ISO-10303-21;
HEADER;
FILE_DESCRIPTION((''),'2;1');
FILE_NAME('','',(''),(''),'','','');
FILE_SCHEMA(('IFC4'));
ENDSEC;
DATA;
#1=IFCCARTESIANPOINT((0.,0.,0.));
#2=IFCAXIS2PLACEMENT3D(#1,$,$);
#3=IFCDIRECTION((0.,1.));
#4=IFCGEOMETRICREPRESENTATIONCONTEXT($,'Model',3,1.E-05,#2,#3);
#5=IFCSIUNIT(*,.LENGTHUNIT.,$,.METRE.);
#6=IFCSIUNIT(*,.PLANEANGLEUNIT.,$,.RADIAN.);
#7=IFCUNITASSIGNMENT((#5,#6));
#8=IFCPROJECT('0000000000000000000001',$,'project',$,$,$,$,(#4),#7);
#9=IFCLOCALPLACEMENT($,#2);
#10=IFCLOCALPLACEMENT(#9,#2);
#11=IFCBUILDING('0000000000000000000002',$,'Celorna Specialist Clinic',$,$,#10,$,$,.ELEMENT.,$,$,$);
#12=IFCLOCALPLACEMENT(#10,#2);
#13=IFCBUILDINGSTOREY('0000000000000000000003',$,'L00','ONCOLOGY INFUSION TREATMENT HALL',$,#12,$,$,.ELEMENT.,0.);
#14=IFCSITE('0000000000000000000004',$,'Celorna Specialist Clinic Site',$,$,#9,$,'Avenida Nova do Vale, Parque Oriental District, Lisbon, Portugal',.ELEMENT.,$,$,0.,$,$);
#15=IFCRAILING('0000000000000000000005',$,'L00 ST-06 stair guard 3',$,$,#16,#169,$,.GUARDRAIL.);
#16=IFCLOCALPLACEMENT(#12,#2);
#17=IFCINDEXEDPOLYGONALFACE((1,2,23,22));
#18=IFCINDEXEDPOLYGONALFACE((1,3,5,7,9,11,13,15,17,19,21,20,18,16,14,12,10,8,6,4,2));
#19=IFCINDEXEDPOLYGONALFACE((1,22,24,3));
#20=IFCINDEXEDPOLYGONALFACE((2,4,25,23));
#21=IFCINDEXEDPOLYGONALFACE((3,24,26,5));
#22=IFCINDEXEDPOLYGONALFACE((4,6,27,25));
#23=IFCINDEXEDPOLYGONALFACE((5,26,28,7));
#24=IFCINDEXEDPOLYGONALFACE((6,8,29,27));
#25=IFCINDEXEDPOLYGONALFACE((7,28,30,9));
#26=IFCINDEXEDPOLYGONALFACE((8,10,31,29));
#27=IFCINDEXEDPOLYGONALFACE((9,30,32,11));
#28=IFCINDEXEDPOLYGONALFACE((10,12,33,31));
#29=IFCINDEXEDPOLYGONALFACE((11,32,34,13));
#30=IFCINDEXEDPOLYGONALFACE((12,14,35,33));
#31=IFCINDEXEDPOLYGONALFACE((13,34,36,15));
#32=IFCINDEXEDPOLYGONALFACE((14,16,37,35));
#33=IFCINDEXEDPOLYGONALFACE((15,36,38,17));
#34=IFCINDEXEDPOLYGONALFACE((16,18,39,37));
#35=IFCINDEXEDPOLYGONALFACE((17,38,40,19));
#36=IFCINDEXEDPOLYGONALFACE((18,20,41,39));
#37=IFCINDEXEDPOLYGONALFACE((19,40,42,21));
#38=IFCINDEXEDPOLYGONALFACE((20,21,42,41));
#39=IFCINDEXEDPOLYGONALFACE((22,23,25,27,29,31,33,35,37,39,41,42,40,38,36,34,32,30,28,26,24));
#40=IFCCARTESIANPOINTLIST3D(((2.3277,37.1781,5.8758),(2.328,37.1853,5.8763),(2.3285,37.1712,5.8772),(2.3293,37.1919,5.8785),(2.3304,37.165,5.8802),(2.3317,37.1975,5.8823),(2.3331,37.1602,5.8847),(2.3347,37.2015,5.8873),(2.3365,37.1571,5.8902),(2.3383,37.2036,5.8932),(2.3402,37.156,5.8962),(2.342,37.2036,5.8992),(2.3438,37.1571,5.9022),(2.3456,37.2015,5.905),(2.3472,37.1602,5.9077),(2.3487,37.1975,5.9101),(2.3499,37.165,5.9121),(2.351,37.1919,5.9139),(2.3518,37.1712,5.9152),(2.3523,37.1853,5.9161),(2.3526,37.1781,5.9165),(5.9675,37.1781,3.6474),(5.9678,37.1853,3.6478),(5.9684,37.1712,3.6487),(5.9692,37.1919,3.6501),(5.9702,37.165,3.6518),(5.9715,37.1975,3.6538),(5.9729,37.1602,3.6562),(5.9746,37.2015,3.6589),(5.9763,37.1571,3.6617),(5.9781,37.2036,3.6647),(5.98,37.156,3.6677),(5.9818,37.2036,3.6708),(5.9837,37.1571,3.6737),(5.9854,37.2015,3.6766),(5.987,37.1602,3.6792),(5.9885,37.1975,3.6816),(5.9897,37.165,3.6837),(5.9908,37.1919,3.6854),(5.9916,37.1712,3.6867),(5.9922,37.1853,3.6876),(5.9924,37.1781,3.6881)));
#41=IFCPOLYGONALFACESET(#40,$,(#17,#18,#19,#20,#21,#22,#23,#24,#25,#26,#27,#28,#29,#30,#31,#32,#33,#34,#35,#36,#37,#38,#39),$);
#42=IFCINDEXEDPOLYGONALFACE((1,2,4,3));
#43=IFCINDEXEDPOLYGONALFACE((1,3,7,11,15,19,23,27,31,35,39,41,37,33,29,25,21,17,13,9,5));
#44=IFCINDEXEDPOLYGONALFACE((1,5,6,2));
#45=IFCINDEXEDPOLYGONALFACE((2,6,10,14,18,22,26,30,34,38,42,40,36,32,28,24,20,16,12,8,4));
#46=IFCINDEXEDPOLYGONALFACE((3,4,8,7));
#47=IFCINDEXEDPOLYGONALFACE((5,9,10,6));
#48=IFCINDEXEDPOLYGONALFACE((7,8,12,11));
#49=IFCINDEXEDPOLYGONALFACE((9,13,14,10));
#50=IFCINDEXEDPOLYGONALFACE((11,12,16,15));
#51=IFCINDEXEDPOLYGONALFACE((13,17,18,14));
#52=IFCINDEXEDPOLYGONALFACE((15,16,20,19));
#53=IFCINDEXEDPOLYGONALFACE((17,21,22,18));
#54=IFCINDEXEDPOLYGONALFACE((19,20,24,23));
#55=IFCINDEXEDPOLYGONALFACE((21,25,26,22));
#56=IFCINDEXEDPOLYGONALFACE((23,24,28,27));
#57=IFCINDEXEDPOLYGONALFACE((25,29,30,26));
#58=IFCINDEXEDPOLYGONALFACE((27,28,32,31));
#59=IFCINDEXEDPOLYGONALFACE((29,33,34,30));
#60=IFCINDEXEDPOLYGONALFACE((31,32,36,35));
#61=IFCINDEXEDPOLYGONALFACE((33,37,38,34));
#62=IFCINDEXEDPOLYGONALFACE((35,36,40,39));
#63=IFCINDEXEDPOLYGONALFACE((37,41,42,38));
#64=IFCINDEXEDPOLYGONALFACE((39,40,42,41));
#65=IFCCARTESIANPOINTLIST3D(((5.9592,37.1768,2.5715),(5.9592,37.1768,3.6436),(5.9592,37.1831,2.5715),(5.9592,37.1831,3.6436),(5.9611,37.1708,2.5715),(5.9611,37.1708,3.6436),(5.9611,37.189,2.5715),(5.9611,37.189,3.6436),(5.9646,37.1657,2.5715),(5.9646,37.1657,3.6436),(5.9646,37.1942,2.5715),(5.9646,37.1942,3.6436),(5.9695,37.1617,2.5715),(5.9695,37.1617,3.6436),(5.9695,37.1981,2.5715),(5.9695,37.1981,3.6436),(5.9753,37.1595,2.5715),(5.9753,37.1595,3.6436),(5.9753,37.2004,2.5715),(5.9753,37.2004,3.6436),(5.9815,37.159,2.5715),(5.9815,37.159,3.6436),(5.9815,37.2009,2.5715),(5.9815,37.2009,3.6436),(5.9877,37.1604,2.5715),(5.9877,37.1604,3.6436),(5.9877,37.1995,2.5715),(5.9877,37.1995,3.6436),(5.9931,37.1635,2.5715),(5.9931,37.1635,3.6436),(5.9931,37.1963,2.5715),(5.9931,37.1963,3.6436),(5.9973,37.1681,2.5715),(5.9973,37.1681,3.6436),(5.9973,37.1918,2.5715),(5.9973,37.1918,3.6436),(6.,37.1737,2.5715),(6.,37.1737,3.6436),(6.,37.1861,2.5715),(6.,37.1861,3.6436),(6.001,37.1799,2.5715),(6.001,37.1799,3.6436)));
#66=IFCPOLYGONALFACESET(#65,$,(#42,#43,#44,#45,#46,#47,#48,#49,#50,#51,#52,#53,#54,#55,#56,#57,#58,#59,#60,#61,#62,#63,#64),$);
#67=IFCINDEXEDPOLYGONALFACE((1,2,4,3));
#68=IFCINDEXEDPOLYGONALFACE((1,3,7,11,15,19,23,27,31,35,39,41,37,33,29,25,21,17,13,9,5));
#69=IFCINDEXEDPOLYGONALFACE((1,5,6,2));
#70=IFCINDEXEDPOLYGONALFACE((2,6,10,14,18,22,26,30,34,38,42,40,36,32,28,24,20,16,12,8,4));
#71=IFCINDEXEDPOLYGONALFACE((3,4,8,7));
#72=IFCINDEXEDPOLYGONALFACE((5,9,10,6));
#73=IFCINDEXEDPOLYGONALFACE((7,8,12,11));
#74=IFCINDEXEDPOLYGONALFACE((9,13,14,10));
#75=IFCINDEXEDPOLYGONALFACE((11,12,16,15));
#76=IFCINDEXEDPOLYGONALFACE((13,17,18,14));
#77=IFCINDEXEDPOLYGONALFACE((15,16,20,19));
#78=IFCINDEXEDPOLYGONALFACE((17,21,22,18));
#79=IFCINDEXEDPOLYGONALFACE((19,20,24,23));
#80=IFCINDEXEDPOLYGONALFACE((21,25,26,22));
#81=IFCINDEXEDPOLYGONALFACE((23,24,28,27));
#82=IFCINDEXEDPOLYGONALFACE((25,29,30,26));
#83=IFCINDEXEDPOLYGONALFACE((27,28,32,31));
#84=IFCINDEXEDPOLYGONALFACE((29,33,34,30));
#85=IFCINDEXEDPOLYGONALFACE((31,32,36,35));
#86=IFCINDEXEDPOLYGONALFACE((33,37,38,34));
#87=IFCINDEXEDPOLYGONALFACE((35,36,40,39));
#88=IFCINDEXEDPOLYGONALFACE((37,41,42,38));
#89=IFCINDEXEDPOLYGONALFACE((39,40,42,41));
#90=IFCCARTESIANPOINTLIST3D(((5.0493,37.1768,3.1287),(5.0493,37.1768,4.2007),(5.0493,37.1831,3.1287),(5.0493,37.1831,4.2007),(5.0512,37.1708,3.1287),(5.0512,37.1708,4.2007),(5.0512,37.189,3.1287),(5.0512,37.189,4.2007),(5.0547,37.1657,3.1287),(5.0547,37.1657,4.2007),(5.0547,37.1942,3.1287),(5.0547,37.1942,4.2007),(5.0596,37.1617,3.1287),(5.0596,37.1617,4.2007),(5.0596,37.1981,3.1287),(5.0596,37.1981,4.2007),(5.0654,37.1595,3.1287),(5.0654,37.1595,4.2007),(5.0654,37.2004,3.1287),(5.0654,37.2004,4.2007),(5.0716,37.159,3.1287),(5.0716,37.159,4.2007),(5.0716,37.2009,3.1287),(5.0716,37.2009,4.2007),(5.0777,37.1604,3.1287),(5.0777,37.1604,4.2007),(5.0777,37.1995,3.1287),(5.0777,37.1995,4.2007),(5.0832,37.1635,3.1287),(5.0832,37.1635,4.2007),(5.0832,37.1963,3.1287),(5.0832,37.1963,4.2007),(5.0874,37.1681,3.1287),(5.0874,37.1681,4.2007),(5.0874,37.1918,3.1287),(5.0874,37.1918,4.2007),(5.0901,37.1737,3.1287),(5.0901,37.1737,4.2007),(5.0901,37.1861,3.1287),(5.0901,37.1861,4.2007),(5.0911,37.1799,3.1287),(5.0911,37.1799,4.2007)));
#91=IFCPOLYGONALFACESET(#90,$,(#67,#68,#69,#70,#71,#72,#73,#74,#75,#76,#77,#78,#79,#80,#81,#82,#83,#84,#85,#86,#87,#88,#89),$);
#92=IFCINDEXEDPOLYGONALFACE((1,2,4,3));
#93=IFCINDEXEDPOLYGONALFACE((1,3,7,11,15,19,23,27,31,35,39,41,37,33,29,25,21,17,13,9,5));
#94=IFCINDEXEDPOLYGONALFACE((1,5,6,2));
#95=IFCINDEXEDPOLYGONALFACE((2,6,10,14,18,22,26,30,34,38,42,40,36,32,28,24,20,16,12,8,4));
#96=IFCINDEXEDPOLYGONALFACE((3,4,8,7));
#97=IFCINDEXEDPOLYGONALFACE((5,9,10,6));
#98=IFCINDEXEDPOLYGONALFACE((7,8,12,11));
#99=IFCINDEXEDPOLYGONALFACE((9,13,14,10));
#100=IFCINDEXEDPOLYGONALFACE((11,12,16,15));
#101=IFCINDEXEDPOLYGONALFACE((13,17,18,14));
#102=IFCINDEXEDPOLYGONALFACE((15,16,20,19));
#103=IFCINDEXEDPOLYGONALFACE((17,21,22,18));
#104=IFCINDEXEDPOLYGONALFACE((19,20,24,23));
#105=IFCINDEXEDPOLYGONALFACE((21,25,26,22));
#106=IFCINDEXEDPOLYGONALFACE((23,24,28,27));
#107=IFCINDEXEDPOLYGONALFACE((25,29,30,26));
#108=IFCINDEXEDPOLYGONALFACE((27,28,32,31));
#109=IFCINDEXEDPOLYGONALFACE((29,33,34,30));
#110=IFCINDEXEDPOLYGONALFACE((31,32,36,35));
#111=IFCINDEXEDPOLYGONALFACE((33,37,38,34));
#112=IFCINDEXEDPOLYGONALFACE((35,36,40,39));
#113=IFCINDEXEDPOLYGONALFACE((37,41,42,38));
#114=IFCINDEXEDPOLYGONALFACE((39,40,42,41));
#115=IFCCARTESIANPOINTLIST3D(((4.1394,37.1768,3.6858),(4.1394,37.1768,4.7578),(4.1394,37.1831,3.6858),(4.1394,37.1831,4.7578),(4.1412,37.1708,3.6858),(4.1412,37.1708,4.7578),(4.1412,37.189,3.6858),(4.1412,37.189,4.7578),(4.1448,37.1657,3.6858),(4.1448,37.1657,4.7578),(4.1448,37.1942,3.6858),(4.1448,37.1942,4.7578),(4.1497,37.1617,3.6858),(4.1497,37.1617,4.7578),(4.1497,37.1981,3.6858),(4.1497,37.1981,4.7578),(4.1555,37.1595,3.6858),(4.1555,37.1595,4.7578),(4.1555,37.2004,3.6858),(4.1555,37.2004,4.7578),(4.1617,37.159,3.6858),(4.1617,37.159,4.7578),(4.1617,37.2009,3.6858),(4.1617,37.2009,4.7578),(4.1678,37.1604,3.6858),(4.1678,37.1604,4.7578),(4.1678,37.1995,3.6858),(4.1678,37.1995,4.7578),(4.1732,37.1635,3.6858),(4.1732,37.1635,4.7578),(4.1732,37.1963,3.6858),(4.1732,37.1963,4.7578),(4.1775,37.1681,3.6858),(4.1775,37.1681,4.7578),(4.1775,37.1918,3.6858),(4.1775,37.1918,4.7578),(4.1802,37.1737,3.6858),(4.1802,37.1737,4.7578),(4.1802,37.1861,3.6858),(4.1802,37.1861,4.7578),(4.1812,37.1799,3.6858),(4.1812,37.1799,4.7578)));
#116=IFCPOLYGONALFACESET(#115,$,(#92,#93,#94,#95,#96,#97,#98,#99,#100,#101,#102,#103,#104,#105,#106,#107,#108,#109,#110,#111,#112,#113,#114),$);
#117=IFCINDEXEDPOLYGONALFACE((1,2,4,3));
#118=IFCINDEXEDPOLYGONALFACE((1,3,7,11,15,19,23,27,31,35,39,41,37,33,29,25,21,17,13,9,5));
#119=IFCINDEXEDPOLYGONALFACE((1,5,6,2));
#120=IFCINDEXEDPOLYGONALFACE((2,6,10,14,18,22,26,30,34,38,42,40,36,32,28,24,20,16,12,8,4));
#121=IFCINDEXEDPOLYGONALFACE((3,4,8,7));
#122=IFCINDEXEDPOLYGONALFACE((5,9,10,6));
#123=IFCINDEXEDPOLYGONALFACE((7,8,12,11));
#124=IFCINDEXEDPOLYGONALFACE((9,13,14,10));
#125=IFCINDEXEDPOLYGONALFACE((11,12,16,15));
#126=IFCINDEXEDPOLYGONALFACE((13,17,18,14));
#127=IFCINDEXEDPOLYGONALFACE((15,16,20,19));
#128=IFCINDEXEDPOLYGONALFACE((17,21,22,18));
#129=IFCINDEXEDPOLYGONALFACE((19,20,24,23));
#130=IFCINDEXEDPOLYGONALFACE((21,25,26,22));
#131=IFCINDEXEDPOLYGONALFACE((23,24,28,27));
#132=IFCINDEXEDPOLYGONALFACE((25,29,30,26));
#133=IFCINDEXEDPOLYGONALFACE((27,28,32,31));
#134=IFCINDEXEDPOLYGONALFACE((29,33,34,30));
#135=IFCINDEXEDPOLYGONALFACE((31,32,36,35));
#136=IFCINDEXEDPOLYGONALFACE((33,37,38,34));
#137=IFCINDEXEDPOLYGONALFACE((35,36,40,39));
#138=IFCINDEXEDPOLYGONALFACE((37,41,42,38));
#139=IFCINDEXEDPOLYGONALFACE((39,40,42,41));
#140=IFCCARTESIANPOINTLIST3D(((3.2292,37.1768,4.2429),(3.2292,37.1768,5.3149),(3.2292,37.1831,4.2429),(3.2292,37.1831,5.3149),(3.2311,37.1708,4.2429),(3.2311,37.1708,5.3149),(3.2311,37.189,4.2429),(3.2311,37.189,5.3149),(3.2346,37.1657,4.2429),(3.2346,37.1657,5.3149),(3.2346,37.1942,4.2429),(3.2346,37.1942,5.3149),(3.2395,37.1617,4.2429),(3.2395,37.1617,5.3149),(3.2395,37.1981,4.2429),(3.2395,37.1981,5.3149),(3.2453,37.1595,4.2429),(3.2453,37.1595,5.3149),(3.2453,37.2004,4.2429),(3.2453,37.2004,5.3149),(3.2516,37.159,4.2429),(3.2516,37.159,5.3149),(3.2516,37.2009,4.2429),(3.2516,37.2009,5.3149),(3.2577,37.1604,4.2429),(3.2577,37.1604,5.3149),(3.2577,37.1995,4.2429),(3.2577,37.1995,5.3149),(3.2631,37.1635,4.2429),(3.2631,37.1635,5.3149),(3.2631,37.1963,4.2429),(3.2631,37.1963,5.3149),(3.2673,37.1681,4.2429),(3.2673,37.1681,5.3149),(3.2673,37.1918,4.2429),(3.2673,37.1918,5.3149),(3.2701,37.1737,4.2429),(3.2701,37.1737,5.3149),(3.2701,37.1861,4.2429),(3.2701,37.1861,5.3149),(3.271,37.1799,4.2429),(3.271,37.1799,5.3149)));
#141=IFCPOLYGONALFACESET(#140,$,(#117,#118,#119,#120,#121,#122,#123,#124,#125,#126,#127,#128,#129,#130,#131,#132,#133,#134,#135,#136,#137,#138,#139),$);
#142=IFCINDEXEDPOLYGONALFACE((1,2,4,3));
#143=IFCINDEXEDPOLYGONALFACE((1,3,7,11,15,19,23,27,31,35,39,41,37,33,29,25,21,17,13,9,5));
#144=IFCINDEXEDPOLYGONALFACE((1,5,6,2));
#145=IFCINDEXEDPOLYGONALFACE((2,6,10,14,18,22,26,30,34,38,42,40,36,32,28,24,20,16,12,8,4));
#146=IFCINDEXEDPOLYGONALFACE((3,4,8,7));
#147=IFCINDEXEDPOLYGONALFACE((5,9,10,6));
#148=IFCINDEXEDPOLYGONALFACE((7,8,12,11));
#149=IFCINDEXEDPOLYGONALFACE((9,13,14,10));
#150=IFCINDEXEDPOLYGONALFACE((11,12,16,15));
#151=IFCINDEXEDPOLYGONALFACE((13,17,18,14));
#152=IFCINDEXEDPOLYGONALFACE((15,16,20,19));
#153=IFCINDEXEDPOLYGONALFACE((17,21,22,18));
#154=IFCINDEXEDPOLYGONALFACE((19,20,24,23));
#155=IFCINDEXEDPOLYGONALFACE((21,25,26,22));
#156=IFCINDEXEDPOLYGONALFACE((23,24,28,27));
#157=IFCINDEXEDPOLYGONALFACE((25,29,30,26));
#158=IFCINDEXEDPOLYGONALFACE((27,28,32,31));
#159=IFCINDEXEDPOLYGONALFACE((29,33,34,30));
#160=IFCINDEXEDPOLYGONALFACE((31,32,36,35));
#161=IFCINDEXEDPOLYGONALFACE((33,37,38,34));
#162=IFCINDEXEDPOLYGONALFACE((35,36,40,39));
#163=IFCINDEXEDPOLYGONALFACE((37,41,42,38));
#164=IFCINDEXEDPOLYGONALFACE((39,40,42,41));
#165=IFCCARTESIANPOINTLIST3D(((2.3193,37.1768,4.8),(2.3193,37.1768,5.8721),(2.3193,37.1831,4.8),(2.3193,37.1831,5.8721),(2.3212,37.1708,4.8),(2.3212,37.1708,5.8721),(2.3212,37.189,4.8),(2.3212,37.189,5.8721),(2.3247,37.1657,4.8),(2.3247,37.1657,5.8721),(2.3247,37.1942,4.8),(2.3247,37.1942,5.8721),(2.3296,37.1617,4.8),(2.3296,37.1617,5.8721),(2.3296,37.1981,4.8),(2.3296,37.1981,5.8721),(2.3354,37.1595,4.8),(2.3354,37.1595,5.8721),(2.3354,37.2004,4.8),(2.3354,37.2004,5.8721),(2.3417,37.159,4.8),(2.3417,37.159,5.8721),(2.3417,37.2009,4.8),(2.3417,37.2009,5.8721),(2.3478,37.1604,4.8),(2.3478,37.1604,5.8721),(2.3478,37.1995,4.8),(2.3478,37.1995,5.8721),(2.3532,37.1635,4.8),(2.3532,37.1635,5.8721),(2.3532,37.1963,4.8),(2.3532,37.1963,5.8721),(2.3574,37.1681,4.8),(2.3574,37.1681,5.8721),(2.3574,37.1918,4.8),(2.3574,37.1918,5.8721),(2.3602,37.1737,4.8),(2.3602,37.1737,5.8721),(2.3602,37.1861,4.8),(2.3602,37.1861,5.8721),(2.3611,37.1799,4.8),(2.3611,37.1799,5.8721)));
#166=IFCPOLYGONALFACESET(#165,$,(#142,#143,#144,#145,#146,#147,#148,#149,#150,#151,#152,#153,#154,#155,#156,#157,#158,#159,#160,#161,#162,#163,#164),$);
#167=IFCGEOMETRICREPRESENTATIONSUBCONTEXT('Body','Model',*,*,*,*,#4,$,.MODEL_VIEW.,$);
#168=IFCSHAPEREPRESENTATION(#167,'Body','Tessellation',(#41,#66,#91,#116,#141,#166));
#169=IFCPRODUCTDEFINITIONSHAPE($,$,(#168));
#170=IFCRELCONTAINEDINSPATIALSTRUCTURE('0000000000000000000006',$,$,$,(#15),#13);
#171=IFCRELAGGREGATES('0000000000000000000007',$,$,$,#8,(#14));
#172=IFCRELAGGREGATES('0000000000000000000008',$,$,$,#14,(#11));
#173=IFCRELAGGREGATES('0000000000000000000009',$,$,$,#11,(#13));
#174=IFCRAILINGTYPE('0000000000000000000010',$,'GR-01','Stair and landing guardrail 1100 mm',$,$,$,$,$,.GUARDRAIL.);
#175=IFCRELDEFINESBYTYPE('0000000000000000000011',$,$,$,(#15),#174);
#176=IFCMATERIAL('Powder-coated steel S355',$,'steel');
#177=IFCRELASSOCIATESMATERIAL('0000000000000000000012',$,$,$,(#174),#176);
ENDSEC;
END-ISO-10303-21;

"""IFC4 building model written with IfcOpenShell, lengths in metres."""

from ifc_helpers import new_model, si_unit, direction, frame, origin, origin_2d, place, context, subcontext, project, spatial, circle, extrude, material, type_object, element, save


model = new_model("IFC4")

# Units and contexts
model_context = context("Model", 3, precision=1e-05, world=origin(), true_north=direction((0.0, 1.0)))
body_context = subcontext(model_context, "Body", "Model", "MODEL_VIEW")
ifc_project = project(units=[si_unit("LENGTHUNIT", "METRE"), si_unit("PLANEANGLEUNIT", "RADIAN")], contexts=[model_context])

# Site, building, storey
site_placement = place(None, origin())
site = spatial("IfcSite", under=ifc_project, at=site_placement, Name="Celorna Specialist Clinic Site", LongName="Avenida Nova do Vale, Parque Oriental District, Lisbon, Portugal", CompositionType="ELEMENT", RefElevation=0.0)
building_placement = place(site_placement, origin())
building = spatial("IfcBuilding", under=site, at=building_placement, Name="Celorna Specialist Clinic", CompositionType="ELEMENT")
storey_placement = place(building_placement, origin())
storey = spatial("IfcBuildingStorey", under=building, at=storey_placement, Name="L00", Description="ONCOLOGY INFUSION TREATMENT HALL", CompositionType="ELEMENT", Elevation=0.0)

# Railing
ifc_material_1 = material(Name="Powder-coated steel S355", Category="steel")
railing_type_1 = type_object("IfcRailingType", Name="GR-01", Description="Stair and landing guardrail 1100 mm", PredefinedType="GUARDRAIL", material=ifc_material_1)
railing_1_placement = place(storey_placement, frame((5.98, 37.1799, 2.5715)))
element("IfcRailing", 1, at=railing_1_placement, inside=storey, type_object=railing_type_1, Name="L00 ST-06 stair guard 3", PredefinedType="GUARDRAIL", context=body_context, shape_type="SweptSolid", body=[
    extrude(circle(Radius=0.0239, at=origin_2d()), frame((0.0, 0.0, 1.0962), z_axis=(-0.85285, 0.0, 0.522156), x_axis=(0.0, -1.0, 0.0)), (0.0, 0.0, 1.0), 4.2678),
    extrude(circle(Radius=0.021, at=origin_2d()), origin(), (0.0, 0.0, 1.0), 1.072),
    extrude(circle(Radius=0.021, at=origin_2d()), frame((-0.9099, 0.0, 0.5571)), (0.0, 0.0, 1.0), 1.072),
    extrude(circle(Radius=0.021, at=origin_2d()), frame((-1.8198, 0.0, 1.1143)), (0.0, 0.0, 1.0), 1.072),
    extrude(circle(Radius=0.021, at=origin_2d()), frame((-2.73, 0.0, 1.6714)), (0.0, 0.0, 1.0), 1.072),
    extrude(circle(Radius=0.021, at=origin_2d()), frame((-3.6399, 0.0, 2.2285)), (0.0, 0.0, 1.0), 1.072),
])

save(model, "model.ifc")
